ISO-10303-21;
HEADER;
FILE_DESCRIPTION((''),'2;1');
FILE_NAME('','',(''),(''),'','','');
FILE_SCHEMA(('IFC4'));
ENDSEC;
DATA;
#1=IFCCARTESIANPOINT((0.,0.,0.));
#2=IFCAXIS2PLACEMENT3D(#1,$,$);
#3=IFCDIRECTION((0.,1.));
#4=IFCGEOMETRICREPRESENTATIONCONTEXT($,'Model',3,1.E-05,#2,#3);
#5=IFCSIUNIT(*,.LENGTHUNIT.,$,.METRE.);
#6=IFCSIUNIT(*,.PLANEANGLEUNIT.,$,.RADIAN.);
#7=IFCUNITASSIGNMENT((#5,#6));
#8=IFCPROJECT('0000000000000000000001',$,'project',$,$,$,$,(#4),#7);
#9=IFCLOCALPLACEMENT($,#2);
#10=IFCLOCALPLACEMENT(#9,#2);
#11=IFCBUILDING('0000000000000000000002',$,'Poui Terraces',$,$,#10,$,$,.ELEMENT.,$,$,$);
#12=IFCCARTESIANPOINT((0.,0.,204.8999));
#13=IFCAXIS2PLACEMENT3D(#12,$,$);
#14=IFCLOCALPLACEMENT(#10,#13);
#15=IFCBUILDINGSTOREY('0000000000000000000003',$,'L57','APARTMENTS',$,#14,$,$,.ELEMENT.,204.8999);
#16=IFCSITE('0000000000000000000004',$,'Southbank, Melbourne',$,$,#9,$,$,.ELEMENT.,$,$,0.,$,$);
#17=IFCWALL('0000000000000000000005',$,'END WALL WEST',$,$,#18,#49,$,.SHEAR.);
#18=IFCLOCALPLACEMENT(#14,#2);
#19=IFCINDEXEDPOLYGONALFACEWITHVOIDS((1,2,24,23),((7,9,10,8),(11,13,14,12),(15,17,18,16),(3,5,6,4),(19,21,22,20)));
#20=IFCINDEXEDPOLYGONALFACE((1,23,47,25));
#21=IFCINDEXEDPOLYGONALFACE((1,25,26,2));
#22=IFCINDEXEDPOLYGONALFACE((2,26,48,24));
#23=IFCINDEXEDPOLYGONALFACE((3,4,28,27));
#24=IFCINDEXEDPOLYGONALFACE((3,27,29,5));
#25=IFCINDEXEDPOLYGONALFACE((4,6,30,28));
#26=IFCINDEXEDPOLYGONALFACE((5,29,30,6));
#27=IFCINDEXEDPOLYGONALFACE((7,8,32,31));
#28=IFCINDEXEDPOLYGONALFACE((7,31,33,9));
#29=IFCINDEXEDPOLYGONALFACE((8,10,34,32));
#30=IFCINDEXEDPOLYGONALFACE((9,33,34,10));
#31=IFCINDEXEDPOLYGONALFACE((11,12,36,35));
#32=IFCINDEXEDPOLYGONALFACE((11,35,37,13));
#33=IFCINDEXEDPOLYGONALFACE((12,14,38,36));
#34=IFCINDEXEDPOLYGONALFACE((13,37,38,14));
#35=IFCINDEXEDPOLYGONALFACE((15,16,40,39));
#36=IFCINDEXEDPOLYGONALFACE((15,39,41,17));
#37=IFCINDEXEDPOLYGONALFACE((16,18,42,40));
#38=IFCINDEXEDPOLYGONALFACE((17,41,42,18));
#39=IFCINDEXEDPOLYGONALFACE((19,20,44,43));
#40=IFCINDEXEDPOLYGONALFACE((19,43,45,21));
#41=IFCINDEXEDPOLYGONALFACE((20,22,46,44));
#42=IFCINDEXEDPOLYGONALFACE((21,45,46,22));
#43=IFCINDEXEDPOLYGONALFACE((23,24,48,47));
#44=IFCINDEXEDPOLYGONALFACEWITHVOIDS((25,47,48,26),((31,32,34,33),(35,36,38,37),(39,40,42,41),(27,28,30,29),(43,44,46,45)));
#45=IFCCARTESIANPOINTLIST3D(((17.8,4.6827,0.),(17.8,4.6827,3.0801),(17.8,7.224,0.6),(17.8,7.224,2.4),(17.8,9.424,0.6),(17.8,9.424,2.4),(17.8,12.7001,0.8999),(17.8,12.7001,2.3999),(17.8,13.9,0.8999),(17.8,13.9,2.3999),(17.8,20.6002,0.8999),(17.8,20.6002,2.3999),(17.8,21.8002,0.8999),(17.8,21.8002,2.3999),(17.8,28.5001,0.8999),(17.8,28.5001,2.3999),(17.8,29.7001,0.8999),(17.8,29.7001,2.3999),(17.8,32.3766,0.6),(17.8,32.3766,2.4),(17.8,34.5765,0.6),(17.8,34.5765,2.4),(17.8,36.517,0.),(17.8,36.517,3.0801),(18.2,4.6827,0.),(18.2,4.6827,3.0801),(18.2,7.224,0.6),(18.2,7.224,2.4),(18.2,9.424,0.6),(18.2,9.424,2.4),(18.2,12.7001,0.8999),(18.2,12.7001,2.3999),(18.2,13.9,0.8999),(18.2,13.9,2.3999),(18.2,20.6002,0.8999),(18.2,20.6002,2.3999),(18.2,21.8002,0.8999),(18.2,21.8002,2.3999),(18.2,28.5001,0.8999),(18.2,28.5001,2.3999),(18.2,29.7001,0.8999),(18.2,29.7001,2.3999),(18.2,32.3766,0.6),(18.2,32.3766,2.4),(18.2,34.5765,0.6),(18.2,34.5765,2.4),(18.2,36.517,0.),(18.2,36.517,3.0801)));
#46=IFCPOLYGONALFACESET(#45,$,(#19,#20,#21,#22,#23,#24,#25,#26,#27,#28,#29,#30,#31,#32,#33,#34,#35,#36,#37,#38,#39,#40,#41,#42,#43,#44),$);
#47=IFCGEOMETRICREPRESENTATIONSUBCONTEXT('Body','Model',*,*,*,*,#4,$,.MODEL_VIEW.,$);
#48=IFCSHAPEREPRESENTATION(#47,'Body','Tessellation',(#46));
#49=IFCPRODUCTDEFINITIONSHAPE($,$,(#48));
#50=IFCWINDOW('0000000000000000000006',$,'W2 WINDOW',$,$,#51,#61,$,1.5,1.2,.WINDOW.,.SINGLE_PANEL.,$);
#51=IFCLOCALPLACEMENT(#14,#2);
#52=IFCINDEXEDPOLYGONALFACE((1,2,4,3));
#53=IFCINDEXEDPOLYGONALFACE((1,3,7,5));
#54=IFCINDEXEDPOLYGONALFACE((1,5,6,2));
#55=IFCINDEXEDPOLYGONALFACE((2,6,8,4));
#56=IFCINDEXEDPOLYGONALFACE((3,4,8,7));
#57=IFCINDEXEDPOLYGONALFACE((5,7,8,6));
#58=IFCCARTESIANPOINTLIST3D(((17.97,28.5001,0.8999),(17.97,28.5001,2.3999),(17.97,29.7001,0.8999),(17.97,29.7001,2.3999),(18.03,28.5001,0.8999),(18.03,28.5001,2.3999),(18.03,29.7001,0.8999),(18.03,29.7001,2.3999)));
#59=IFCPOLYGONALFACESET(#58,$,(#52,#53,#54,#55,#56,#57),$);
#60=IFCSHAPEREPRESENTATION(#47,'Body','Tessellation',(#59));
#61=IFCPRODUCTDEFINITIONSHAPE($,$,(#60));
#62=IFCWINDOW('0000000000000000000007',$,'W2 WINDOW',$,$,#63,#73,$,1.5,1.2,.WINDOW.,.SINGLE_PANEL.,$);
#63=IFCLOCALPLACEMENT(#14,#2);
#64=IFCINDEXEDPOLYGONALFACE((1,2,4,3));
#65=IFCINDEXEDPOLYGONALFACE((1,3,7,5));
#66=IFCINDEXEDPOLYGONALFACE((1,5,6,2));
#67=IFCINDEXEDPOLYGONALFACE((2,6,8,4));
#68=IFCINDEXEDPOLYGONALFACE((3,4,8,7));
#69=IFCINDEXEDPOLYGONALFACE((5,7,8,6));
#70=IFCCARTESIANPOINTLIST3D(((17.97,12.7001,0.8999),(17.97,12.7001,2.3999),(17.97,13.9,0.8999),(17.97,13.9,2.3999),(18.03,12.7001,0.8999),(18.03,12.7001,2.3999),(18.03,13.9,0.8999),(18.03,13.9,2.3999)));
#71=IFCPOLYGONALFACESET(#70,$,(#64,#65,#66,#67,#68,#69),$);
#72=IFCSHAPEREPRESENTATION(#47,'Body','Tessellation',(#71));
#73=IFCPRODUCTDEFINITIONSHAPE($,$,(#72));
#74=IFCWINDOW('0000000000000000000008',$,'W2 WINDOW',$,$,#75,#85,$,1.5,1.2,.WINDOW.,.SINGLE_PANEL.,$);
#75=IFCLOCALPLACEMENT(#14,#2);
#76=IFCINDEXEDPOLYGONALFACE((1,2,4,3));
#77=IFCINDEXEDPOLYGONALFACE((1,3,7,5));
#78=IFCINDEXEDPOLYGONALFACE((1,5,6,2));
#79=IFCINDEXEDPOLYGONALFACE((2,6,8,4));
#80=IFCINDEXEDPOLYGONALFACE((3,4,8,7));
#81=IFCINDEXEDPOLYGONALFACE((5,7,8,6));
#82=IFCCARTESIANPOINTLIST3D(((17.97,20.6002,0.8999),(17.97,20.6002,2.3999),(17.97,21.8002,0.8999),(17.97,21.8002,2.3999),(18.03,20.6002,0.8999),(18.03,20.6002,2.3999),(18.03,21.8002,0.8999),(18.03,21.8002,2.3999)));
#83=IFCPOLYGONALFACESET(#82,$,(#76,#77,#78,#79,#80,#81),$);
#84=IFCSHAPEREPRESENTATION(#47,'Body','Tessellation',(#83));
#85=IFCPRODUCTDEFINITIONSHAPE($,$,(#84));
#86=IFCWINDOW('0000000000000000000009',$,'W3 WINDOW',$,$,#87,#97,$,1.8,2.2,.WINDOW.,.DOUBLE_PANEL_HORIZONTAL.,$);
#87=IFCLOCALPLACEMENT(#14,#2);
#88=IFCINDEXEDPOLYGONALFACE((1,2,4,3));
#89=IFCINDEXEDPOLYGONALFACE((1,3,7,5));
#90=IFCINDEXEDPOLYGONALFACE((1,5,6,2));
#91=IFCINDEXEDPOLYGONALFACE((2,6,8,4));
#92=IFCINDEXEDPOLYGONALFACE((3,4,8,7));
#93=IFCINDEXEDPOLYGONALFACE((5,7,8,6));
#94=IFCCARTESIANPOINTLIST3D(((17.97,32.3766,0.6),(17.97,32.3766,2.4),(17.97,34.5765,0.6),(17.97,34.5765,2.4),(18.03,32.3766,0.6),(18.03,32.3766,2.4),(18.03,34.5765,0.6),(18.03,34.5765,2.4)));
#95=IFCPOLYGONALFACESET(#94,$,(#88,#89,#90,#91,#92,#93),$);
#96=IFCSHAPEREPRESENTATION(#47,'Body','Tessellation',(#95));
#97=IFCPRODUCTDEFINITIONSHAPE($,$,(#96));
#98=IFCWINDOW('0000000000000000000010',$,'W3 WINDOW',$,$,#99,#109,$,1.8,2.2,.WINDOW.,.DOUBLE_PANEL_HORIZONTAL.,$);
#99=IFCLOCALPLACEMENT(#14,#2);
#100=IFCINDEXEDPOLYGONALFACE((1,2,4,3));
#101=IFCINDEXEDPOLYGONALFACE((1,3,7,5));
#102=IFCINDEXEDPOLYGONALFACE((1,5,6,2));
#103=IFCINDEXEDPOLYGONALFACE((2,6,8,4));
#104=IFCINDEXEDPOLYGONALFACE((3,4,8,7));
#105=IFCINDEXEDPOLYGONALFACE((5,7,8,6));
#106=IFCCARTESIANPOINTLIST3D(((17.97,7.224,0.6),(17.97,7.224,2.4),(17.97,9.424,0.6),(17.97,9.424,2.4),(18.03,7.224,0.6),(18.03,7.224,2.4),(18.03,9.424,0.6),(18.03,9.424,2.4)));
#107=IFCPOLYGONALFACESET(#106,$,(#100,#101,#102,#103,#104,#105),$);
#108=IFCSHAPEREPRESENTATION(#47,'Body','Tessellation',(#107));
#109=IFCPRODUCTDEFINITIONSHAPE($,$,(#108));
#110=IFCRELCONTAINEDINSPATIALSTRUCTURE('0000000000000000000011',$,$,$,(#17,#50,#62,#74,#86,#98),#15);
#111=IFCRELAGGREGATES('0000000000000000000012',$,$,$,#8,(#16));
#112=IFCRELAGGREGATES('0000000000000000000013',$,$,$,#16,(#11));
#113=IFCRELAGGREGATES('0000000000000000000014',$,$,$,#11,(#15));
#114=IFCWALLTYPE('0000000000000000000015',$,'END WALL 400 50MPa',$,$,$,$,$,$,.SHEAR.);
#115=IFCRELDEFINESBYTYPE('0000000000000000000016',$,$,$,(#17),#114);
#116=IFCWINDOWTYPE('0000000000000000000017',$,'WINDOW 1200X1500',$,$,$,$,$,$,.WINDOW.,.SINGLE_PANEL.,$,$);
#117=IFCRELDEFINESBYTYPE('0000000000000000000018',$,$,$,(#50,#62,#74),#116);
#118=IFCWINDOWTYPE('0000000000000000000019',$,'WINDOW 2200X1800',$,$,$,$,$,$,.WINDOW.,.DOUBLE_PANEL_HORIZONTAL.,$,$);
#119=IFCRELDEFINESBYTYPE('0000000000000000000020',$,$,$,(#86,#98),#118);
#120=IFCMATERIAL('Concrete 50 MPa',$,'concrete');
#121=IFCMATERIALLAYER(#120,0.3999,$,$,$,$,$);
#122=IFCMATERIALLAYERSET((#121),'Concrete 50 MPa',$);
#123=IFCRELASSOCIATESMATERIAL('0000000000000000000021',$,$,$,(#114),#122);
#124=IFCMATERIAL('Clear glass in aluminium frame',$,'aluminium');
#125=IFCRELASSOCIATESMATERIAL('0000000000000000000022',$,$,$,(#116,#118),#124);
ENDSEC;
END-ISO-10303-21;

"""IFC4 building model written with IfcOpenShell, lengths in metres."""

from ifc_helpers import new_model, si_unit, direction, frame, frame_2d, origin, place, context, subcontext, project, spatial, rectangle, extrude, material, layer, layer_set, type_object, element, fill, save


model = new_model("IFC4")

# Units and contexts
model_context = context("Model", 3, precision=1e-05, world=origin(), true_north=direction((0.0, 1.0)))
body_context = subcontext(model_context, "Body", "Model", "MODEL_VIEW")
ifc_project = project(units=[si_unit("LENGTHUNIT", "METRE"), si_unit("PLANEANGLEUNIT", "RADIAN")], contexts=[model_context])

# Site, building, storey
site_placement = place(None, origin())
site = spatial("IfcSite", under=ifc_project, at=site_placement, Name="Southbank, Melbourne", CompositionType="ELEMENT", RefElevation=0.0)
building_placement = place(site_placement, origin())
building = spatial("IfcBuilding", under=site, at=building_placement, Name="Poui Terraces", CompositionType="ELEMENT")
storey_placement = place(building_placement, frame((0.0, 0.0, 204.8999)))
storey = spatial("IfcBuildingStorey", under=building, at=storey_placement, Name="L57", Description="APARTMENTS", CompositionType="ELEMENT", Elevation=204.8999)

# Shared definitions
ifc_material_1 = material(Name="Concrete 50 MPa", Category="concrete")

# Wall, openings, windows
ifc_layer_1 = layer(ifc_material_1, 0.3999)
ifc_layer_set_1 = layer_set([ifc_layer_1], Name="Concrete 50 MPa")
wall_type_1 = type_object("IfcWallType", Name="END WALL 400 50MPa", PredefinedType="SHEAR", material=ifc_layer_set_1)
wall_1_placement = place(storey_placement, frame((18.0, 4.6829, 0.0), z_axis=(0.0, 0.0, 1.0), x_axis=(0.0, 1.0, 0.0)))
wall_1 = element("IfcWall", 1, at=wall_1_placement, inside=storey, type_object=wall_type_1, Name="END WALL WEST", PredefinedType="SHEAR", context=body_context, shape_type="SweptSolid", body=[
    extrude(rectangle(XDim=31.8342, YDim=0.3999, at=frame_2d((15.917, 0.0))), origin(), (0.0, 0.0, 1.0), 3.0801),
])
opening_1_placement = place(wall_1_placement, frame((23.8171, 0.0, 0.8999)))
opening_1 = element("IfcOpeningElement", 2, at=opening_1_placement, cuts=wall_1, PredefinedType="OPENING", context=body_context, shape_type="SweptSolid", body=[
    extrude(rectangle(XDim=1.2, YDim=1.5, at=frame_2d((0.6001, 0.75))), frame((0.0, 0.21, 0.0), z_axis=(0.0, -1.0, 0.0), x_axis=(1.0, 0.0, 0.0)), (0.0, 0.0, 1.0), 0.4199),
])
opening_2_placement = place(wall_1_placement, frame((8.0171, 0.0, 0.8999)))
opening_2 = element("IfcOpeningElement", 3, at=opening_2_placement, cuts=wall_1, PredefinedType="OPENING", context=body_context, shape_type="SweptSolid", body=[
    extrude(rectangle(XDim=1.2, YDim=1.5, at=frame_2d((0.6001, 0.75))), frame((0.0, 0.21, 0.0), z_axis=(0.0, -1.0, 0.0), x_axis=(1.0, 0.0, 0.0)), (0.0, 0.0, 1.0), 0.4199),
])
opening_3_placement = place(wall_1_placement, frame((27.6936, 0.0, 0.6001)))
opening_3 = element("IfcOpeningElement", 4, at=opening_3_placement, cuts=wall_1, PredefinedType="OPENING", context=body_context, shape_type="SweptSolid", body=[
    extrude(rectangle(XDim=2.2, YDim=1.8, at=frame_2d((1.1001, 0.8999))), frame((0.0, 0.21, 0.0), z_axis=(0.0, -1.0, 0.0), x_axis=(1.0, 0.0, 0.0)), (0.0, 0.0, 1.0), 0.4199),
])
opening_4_placement = place(wall_1_placement, frame((2.541, 0.0, 0.6001)))
opening_4 = element("IfcOpeningElement", 5, at=opening_4_placement, cuts=wall_1, PredefinedType="OPENING", context=body_context, shape_type="SweptSolid", body=[
    extrude(rectangle(XDim=2.2, YDim=1.8, at=frame_2d((1.1001, 0.8999))), frame((0.0, 0.21, 0.0), z_axis=(0.0, -1.0, 0.0), x_axis=(1.0, 0.0, 0.0)), (0.0, 0.0, 1.0), 0.4199),
])
opening_5_placement = place(wall_1_placement, frame((15.9172, 0.0, 0.8999)))
opening_5 = element("IfcOpeningElement", 6, at=opening_5_placement, cuts=wall_1, PredefinedType="OPENING", context=body_context, shape_type="SweptSolid", body=[
    extrude(rectangle(XDim=1.2, YDim=1.5, at=frame_2d((0.6001, 0.75))), frame((0.0, 0.21, 0.0), z_axis=(0.0, -1.0, 0.0), x_axis=(1.0, 0.0, 0.0)), (0.0, 0.0, 1.0), 0.4199),
])
ifc_material_2 = material(Name="Clear glass in aluminium frame", Category="aluminium")
window_type_1 = type_object("IfcWindowType", Name="WINDOW 1200X1500", PartitioningType="SINGLE_PANEL", PredefinedType="WINDOW", material=ifc_material_2)
window_1_placement = place(opening_1_placement, origin())
window_1 = element("IfcWindow", 7, at=window_1_placement, inside=storey, type_object=window_type_1, Name="W2 WINDOW", OverallHeight=1.5, OverallWidth=1.2, PartitioningType="SINGLE_PANEL", PredefinedType="WINDOW", context=body_context, shape_type="SweptSolid", body=[
    extrude(rectangle(XDim=1.2, YDim=1.5, at=frame_2d((0.6001, 0.75))), frame((0.0, 0.03, 0.0), z_axis=(0.0, -1.0, 0.0), x_axis=(1.0, 0.0, 0.0)), (0.0, 0.0, 1.0), 0.0601),
])
fill(opening_1, window_1)
window_2_placement = place(opening_2_placement, origin())
window_2 = element("IfcWindow", 8, at=window_2_placement, inside=storey, type_object=window_type_1, Name="W2 WINDOW", OverallHeight=1.5, OverallWidth=1.2, PartitioningType="SINGLE_PANEL", PredefinedType="WINDOW", context=body_context, shape_type="SweptSolid", body=[
    extrude(rectangle(XDim=1.2, YDim=1.5, at=frame_2d((0.6001, 0.75))), frame((0.0, 0.03, 0.0), z_axis=(0.0, -1.0, 0.0), x_axis=(1.0, 0.0, 0.0)), (0.0, 0.0, 1.0), 0.0601),
])
fill(opening_2, window_2)
window_3_placement = place(opening_5_placement, origin())
window_3 = element("IfcWindow", 9, at=window_3_placement, inside=storey, type_object=window_type_1, Name="W2 WINDOW", OverallHeight=1.5, OverallWidth=1.2, PartitioningType="SINGLE_PANEL", PredefinedType="WINDOW", context=body_context, shape_type="SweptSolid", body=[
    extrude(rectangle(XDim=1.2, YDim=1.5, at=frame_2d((0.6001, 0.75))), frame((0.0, 0.03, 0.0), z_axis=(0.0, -1.0, 0.0), x_axis=(1.0, 0.0, 0.0)), (0.0, 0.0, 1.0), 0.0601),
])
fill(opening_5, window_3)
window_type_2 = type_object("IfcWindowType", Name="WINDOW 2200X1800", PartitioningType="DOUBLE_PANEL_HORIZONTAL", PredefinedType="WINDOW", material=ifc_material_2)
window_4_placement = place(opening_3_placement, origin())
window_4 = element("IfcWindow", 10, at=window_4_placement, inside=storey, type_object=window_type_2, Name="W3 WINDOW", OverallHeight=1.8, OverallWidth=2.2, PartitioningType="DOUBLE_PANEL_HORIZONTAL", PredefinedType="WINDOW", context=body_context, shape_type="SweptSolid", body=[
    extrude(rectangle(XDim=2.2, YDim=1.8, at=frame_2d((1.1001, 0.8999))), frame((0.0, 0.03, 0.0), z_axis=(0.0, -1.0, 0.0), x_axis=(1.0, 0.0, 0.0)), (0.0, 0.0, 1.0), 0.0601),
])
fill(opening_3, window_4)
window_5_placement = place(opening_4_placement, origin())
window_5 = element("IfcWindow", 11, at=window_5_placement, inside=storey, type_object=window_type_2, Name="W3 WINDOW", OverallHeight=1.8, OverallWidth=2.2, PartitioningType="DOUBLE_PANEL_HORIZONTAL", PredefinedType="WINDOW", context=body_context, shape_type="SweptSolid", body=[
    extrude(rectangle(XDim=2.2, YDim=1.8, at=frame_2d((1.1001, 0.8999))), frame((0.0, 0.03, 0.0), z_axis=(0.0, -1.0, 0.0), x_axis=(1.0, 0.0, 0.0)), (0.0, 0.0, 1.0), 0.0601),
])
fill(opening_4, window_5)

save(model, "model.ifc")
